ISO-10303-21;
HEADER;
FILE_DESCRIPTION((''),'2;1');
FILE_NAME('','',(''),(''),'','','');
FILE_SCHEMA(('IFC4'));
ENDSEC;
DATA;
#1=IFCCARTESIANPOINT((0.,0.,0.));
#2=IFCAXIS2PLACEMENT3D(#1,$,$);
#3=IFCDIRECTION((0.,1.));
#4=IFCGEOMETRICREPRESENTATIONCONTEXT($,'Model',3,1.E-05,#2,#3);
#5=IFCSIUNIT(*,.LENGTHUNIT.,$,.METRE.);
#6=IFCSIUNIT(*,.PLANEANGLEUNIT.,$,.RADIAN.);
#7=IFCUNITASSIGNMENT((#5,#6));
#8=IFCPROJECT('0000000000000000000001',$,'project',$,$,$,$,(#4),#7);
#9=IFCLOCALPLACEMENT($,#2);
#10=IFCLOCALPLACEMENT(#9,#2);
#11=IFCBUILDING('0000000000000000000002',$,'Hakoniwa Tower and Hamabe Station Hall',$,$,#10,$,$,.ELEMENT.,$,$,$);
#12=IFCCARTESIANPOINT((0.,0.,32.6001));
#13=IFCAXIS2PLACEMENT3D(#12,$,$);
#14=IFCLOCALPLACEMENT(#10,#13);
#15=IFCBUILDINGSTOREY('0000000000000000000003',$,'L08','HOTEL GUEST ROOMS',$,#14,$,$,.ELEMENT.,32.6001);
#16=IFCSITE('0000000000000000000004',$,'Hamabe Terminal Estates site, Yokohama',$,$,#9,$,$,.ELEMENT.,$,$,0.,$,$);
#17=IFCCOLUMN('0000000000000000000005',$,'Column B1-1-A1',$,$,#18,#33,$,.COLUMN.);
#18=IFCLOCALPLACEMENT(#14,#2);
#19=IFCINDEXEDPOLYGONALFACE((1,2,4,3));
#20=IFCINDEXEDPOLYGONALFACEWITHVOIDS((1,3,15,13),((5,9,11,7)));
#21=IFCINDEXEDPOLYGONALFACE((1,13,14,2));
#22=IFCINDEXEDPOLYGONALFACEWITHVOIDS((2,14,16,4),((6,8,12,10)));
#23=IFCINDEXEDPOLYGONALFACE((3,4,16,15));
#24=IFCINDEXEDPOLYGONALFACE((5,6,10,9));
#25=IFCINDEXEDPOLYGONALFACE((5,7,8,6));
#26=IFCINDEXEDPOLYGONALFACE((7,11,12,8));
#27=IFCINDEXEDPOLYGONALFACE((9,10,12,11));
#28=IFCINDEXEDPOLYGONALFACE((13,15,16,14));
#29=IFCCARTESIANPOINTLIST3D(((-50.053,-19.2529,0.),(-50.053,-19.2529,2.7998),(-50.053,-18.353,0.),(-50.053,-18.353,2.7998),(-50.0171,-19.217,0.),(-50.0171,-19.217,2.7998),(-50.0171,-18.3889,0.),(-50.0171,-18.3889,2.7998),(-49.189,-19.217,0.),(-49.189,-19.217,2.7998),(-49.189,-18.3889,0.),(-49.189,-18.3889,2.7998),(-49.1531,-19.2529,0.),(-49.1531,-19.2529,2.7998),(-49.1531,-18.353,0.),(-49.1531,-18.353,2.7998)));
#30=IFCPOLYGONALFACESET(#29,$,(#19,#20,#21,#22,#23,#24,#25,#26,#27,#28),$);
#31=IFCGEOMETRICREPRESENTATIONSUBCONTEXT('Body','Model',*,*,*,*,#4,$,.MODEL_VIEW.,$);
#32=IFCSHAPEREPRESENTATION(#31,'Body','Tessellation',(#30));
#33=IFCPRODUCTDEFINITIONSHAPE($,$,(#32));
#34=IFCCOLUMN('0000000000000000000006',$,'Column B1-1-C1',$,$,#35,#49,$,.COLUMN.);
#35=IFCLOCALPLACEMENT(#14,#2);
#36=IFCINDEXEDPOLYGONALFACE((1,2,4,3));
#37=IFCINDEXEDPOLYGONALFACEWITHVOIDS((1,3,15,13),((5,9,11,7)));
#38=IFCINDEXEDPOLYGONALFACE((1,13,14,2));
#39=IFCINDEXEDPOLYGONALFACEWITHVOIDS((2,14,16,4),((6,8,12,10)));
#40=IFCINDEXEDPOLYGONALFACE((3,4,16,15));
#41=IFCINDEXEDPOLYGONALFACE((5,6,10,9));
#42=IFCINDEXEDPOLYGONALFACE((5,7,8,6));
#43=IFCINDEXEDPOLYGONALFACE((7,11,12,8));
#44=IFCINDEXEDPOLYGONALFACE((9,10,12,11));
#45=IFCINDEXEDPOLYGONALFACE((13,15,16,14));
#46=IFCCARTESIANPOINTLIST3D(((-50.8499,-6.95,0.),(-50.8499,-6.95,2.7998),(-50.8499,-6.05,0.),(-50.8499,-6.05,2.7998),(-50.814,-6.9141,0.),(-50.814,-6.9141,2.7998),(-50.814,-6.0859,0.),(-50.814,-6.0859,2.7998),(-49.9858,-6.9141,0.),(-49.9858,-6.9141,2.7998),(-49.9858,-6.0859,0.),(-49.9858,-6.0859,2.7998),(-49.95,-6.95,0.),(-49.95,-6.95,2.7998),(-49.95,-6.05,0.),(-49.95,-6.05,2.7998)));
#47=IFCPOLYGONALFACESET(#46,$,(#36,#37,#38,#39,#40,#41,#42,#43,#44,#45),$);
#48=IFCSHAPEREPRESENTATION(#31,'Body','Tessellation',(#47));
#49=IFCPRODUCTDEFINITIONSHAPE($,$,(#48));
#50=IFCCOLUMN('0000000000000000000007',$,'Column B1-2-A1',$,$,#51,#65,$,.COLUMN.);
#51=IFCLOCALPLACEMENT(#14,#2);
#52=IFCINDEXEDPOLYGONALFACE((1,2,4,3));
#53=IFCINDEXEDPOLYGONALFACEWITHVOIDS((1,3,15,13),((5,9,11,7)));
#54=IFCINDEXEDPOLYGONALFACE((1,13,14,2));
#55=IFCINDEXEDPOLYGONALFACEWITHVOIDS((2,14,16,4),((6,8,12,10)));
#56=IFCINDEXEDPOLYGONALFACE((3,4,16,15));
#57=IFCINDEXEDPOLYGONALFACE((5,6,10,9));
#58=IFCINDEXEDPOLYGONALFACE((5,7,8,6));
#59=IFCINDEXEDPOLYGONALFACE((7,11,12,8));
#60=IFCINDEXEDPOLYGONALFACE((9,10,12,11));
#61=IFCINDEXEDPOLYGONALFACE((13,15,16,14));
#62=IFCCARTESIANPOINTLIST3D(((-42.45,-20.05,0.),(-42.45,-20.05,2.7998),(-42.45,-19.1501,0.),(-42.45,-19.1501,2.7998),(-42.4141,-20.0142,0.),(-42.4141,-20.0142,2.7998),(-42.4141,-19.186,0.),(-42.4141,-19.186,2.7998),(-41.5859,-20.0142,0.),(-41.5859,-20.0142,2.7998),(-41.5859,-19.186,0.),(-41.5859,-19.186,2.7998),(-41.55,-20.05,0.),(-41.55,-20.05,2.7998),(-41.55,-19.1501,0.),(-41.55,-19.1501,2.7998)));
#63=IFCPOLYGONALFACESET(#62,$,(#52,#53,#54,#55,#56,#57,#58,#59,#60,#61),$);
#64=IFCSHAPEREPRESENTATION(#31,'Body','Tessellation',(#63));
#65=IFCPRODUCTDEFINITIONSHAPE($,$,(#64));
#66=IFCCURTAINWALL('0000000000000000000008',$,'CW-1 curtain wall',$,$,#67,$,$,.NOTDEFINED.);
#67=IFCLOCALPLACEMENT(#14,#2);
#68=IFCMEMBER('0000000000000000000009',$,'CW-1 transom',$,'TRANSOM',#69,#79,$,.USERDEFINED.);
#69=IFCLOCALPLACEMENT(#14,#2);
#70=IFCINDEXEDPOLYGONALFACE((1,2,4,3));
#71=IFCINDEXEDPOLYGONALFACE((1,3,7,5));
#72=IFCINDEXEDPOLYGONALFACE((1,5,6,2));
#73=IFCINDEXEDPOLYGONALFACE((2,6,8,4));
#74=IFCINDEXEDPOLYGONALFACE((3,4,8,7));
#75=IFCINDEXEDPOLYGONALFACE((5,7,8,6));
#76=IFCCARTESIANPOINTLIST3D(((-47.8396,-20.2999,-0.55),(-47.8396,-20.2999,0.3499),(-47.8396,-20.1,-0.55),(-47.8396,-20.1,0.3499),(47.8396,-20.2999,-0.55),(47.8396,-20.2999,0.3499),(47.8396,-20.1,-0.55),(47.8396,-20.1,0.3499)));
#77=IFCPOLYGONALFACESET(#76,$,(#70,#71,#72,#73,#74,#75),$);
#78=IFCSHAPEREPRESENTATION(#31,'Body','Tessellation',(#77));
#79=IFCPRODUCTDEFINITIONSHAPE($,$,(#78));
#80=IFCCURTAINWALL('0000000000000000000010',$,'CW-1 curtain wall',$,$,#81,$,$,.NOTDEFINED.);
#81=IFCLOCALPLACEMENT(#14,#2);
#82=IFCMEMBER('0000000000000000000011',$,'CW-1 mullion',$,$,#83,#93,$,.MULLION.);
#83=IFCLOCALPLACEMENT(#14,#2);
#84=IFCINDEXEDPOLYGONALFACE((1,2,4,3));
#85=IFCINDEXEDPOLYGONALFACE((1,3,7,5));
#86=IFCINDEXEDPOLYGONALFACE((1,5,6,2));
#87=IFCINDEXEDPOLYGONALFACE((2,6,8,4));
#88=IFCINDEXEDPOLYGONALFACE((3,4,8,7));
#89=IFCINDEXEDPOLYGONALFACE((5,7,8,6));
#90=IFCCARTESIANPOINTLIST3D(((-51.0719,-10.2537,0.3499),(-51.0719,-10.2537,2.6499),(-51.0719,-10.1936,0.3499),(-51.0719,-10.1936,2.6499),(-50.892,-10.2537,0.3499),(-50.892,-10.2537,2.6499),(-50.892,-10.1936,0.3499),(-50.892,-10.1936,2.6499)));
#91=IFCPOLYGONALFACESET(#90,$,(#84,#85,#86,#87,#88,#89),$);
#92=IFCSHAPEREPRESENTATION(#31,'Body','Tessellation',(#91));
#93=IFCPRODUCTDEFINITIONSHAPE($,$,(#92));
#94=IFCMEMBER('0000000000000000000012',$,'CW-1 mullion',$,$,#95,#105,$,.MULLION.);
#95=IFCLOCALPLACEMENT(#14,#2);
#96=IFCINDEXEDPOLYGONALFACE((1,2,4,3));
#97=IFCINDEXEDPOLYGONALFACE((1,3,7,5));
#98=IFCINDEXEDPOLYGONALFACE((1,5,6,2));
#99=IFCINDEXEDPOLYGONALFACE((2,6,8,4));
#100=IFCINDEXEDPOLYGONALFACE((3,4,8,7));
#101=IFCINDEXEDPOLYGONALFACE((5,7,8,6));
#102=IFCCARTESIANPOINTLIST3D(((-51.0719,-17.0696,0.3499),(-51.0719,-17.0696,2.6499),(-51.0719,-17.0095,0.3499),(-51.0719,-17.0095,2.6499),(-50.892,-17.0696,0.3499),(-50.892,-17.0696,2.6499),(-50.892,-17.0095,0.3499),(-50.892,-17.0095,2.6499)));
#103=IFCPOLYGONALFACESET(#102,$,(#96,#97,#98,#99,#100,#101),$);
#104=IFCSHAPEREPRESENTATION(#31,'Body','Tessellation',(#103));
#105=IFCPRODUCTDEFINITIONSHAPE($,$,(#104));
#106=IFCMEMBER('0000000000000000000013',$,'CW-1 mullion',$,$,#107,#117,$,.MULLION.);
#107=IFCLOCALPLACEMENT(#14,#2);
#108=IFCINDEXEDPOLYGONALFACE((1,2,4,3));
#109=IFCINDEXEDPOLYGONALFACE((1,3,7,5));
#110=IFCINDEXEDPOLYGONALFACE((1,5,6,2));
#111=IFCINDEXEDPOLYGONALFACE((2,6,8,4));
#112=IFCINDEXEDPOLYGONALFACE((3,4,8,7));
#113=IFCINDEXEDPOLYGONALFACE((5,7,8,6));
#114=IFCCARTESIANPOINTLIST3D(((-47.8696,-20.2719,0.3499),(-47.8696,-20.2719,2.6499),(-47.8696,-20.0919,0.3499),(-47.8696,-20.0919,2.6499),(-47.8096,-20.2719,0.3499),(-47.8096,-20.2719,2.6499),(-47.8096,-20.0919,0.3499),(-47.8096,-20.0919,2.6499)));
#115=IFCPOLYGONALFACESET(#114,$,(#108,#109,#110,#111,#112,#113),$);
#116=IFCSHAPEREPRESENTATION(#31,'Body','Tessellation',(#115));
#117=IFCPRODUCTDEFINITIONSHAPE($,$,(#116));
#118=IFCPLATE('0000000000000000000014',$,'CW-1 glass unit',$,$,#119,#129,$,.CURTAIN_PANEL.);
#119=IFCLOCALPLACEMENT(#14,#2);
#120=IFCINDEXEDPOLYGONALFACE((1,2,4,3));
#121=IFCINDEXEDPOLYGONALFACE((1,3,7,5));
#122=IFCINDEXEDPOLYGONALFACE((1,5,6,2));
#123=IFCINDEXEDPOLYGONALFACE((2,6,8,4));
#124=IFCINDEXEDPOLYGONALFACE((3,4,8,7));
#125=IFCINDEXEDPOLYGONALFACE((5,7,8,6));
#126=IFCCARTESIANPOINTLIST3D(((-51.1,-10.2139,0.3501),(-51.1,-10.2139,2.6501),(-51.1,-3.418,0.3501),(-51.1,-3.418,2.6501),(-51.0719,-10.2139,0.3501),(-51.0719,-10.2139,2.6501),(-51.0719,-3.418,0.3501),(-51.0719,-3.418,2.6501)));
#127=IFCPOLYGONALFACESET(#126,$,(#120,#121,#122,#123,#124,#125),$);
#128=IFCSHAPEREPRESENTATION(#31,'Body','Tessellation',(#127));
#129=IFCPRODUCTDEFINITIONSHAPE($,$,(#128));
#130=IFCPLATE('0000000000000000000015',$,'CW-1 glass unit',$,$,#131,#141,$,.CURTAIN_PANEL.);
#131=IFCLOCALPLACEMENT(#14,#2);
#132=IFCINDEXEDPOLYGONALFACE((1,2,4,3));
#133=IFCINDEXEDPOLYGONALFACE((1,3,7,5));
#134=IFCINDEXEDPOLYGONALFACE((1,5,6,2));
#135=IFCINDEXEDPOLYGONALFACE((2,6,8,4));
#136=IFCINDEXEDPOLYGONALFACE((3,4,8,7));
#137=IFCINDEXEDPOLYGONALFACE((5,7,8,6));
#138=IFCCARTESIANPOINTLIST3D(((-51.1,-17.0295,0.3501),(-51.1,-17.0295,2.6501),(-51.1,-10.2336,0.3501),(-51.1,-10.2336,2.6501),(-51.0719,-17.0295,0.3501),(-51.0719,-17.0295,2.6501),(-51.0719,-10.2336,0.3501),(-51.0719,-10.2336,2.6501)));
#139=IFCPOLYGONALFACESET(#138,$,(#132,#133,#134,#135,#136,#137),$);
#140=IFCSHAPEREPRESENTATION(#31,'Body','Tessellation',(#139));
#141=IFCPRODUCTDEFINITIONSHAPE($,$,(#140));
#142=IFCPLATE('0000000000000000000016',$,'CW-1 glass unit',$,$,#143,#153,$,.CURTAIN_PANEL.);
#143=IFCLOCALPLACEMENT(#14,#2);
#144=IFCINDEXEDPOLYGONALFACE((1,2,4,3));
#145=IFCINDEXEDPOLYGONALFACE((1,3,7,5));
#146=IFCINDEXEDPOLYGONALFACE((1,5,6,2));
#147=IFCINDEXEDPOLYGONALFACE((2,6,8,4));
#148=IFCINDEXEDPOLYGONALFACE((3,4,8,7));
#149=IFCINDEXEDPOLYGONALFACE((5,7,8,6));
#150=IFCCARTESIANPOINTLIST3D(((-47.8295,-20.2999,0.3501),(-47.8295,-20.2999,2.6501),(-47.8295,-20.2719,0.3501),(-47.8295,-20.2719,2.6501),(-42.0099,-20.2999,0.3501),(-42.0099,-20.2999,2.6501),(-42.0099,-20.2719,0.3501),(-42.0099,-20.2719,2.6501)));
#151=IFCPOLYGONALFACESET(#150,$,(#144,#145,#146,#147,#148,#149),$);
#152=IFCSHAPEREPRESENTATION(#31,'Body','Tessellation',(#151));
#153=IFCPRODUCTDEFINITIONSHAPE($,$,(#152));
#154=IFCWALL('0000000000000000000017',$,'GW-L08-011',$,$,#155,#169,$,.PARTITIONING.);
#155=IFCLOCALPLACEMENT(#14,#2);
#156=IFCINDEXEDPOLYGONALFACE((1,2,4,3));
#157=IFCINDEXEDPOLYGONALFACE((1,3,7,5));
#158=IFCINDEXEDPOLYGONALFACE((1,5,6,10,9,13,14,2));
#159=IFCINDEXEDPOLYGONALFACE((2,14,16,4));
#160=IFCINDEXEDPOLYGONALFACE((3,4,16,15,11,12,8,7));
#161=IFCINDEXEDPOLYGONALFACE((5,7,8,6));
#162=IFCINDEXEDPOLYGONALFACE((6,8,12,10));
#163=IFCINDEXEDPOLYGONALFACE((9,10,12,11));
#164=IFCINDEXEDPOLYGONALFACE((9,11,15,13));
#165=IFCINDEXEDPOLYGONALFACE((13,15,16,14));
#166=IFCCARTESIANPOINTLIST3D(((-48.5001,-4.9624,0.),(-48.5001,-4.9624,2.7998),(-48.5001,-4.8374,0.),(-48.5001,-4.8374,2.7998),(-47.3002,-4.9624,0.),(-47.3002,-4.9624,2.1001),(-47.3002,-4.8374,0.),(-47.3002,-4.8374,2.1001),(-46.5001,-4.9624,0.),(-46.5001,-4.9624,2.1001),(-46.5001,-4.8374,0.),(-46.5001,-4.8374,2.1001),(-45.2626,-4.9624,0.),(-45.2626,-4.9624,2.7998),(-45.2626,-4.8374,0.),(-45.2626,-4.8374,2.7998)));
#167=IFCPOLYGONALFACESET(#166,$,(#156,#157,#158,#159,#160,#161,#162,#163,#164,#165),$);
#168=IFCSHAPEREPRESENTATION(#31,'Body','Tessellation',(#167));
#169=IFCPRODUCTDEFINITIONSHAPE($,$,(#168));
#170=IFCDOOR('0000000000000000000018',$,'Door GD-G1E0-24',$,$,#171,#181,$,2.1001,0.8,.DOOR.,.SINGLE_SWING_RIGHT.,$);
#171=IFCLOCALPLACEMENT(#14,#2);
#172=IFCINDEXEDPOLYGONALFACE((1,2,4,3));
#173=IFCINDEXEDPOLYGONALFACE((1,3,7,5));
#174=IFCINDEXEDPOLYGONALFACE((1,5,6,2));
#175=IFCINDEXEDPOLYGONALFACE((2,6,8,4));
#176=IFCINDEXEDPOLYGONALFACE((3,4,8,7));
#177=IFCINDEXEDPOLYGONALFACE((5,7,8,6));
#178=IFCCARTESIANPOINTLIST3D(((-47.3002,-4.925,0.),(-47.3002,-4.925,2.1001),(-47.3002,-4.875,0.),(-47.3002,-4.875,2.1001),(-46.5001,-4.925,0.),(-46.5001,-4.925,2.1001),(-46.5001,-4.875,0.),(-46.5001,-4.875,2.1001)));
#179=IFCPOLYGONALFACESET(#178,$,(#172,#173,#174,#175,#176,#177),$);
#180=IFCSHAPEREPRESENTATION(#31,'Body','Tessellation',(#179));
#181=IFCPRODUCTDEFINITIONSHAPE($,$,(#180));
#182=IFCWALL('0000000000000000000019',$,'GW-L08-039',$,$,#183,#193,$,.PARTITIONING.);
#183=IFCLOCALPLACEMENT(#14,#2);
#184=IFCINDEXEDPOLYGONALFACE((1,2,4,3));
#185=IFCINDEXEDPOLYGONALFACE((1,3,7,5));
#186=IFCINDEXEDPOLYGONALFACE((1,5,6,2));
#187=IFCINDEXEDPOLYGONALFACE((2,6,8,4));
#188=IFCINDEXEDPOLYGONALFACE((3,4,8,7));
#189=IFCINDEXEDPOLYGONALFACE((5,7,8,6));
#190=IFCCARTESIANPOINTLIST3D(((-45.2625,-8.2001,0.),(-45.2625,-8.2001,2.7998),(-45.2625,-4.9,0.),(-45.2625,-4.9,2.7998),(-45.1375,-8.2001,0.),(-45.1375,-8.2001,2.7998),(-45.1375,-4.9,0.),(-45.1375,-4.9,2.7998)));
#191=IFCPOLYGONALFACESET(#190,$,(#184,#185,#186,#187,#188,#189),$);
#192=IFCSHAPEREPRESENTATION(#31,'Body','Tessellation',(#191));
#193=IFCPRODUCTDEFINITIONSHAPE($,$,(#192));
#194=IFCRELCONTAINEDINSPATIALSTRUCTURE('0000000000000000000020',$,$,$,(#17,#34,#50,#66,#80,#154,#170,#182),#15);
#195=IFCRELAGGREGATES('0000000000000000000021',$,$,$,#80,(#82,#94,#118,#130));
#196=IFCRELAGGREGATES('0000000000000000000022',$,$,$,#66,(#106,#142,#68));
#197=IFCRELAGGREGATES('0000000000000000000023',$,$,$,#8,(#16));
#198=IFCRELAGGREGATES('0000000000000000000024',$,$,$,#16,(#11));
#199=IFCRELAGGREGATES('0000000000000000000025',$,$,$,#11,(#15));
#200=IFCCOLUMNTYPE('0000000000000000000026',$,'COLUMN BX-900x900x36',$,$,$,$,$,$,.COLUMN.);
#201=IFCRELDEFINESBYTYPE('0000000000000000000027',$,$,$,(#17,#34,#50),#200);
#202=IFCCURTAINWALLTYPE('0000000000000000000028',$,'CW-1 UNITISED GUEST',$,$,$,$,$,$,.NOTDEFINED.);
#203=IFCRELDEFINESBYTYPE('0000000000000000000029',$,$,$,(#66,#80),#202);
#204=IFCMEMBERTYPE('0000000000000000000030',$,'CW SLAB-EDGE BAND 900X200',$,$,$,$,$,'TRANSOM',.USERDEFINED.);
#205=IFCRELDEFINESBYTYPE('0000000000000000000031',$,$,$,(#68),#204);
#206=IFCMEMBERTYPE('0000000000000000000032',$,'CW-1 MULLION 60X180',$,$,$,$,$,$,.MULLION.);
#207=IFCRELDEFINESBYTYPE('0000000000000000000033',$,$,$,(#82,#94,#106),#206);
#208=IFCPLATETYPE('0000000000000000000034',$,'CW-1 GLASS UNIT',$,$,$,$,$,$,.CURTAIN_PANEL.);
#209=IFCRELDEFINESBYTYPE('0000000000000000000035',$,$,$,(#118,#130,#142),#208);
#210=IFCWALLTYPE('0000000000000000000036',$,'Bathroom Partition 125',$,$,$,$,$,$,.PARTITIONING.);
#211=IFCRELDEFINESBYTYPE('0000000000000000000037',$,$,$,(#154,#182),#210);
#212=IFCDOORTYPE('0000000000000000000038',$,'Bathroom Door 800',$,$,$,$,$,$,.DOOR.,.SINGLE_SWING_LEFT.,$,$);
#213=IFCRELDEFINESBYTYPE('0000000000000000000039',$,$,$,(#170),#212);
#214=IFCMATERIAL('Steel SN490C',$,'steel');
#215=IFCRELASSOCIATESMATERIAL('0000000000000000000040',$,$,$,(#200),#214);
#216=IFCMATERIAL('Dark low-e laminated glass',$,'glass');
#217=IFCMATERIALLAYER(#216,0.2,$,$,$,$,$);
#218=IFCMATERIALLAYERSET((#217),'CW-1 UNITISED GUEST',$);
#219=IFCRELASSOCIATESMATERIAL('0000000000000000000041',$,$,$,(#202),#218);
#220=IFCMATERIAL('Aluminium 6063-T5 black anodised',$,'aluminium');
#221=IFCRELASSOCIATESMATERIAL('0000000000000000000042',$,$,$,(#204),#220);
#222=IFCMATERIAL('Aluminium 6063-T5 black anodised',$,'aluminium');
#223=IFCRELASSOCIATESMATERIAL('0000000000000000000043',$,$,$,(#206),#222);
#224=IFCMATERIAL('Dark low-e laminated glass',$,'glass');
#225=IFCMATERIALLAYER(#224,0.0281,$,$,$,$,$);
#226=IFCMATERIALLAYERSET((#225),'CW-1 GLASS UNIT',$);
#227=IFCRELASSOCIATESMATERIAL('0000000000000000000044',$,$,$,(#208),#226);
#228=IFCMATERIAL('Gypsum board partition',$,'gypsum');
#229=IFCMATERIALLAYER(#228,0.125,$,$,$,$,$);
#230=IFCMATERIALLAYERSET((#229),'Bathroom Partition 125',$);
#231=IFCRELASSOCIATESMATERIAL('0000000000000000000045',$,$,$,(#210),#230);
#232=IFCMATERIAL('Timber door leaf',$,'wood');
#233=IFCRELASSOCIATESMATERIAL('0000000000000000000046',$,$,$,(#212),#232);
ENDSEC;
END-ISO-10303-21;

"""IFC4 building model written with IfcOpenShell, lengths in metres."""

from ifc_helpers import new_model, si_unit, direction, frame, frame_2d, origin, origin_2d, place, context, subcontext, project, spatial, rectangle, hollow_rectangle, extrude, material, layer, layer_set, material_profile, profile_set, type_object, element, fill, aggregate, save


model = new_model("IFC4")

# Units and contexts
model_context = context("Model", 3, precision=1e-05, world=origin(), true_north=direction((0.0, 1.0)))
body_context = subcontext(model_context, "Body", "Model", "MODEL_VIEW")
ifc_project = project(units=[si_unit("LENGTHUNIT", "METRE"), si_unit("PLANEANGLEUNIT", "RADIAN")], contexts=[model_context])

# Site, building, storey
site_placement = place(None, origin())
site = spatial("IfcSite", under=ifc_project, at=site_placement, Name="Hamabe Terminal Estates site, Yokohama", CompositionType="ELEMENT", RefElevation=0.0)
building_placement = place(site_placement, origin())
building = spatial("IfcBuilding", under=site, at=building_placement, Name="Hakoniwa Tower and Hamabe Station Hall", CompositionType="ELEMENT")
storey_placement = place(building_placement, frame((0.0, 0.0, 32.6001)))
storey = spatial("IfcBuildingStorey", under=building, at=storey_placement, Name="L08", Description="HOTEL GUEST ROOMS", CompositionType="ELEMENT", Elevation=32.6001)

# Columns
ifc_material_1 = material(Name="Steel SN490C", Category="steel")
ifc_material_profile_1 = material_profile(ifc_material_1, hollow_rectangle(XDim=0.8999, YDim=0.8999, WallThickness=0.0359, at=origin_2d()), Name="BX-900x900x36")
ifc_profile_set_1 = profile_set([ifc_material_profile_1], Name="Steel SN490C")
column_type = type_object("IfcColumnType", Name="COLUMN BX-900x900x36", PredefinedType="COLUMN", material=ifc_profile_set_1)
for number, where, z_axis, x_axis, name in (
    (1, (-49.603, -18.803, 0.0), (0.0, 0.0, 1.0), (1.0, 0.0, 0.0), "Column B1-1-A1"),
    (2, (-50.3999, -6.5, 0.0), (0.0, 0.0, 1.0), (1.0, 0.0, 0.0), "Column B1-1-C1"),
    (3, (-42.0, -19.6001, 0.0), (0.0, 0.0, 1.0), (1.0, 0.0, 0.0), "Column B1-2-A1"),
):
    element("IfcColumn", number, at=place(storey_placement, frame(where, z_axis=z_axis, x_axis=x_axis)), inside=storey, type_object=column_type, Name=name, PredefinedType="COLUMN", context=body_context, shape_type="SweptSolid", body=[
        extrude(hollow_rectangle(XDim=0.8999, YDim=0.8999, WallThickness=0.0359, at=origin_2d()), origin(), (0.0, 0.0, 1.0), 2.7998),
    ])

# Curtain wall, member
ifc_material_2 = material(Name="Dark low-e laminated glass", Category="glass")
ifc_layer_1 = layer(ifc_material_2, 0.2)
ifc_layer_set_1 = layer_set([ifc_layer_1], Name="CW-1 UNITISED GUEST")
curtain_wall_type = type_object("IfcCurtainWallType", Name="CW-1 UNITISED GUEST", PredefinedType="NOTDEFINED", material=ifc_layer_set_1)
curtain_wall_1_placement = place(storey_placement, origin())
curtain_wall_1 = element("IfcCurtainWall", 4, at=curtain_wall_1_placement, inside=storey, type_object=curtain_wall_type, Name="CW-1 curtain wall", PredefinedType="NOTDEFINED")
ifc_material_3 = material(Name="Aluminium 6063-T5 black anodised", Category="aluminium")
ifc_material_profile_2 = material_profile(ifc_material_3, rectangle(XDim=0.2, YDim=0.8999, at=origin_2d()), Name="CW SLAB-EDGE BAND 900X200")
ifc_profile_set_2 = profile_set([ifc_material_profile_2], Name="Aluminium 6063-T5 black anodised")
member_type_1 = type_object("IfcMemberType", Name="CW SLAB-EDGE BAND 900X200", ElementType="TRANSOM", PredefinedType="USERDEFINED", material=ifc_profile_set_2)
member_1_placement = place(storey_placement, frame((-47.8396, -20.2, -0.1001), z_axis=(1.0, 0.0, 0.0), x_axis=(0.0, 1.0, 0.0)))
member_1 = element("IfcMember", 5, at=member_1_placement, type_object=member_type_1, Name="CW-1 transom", ObjectType="TRANSOM", PredefinedType="USERDEFINED", context=body_context, shape_type="SweptSolid", body=[
    extrude(rectangle(XDim=0.2, YDim=0.8999, at=origin_2d()), origin(), (0.0, 0.0, 1.0), 95.6792),
])

# Curtain wall, members
curtain_wall_2_placement = place(storey_placement, origin())
curtain_wall_2 = element("IfcCurtainWall", 6, at=curtain_wall_2_placement, inside=storey, type_object=curtain_wall_type, Name="CW-1 curtain wall", PredefinedType="NOTDEFINED")
ifc_material_4 = material(Name="Aluminium 6063-T5 black anodised", Category="aluminium")
ifc_material_profile_3 = material_profile(ifc_material_4, rectangle(XDim=0.0601, YDim=0.1799, at=origin_2d()), Name="CW-1 MULLION 60X180")
ifc_profile_set_3 = profile_set([ifc_material_profile_3], Name="Aluminium 6063-T5 black anodised")
member_type_2 = type_object("IfcMemberType", Name="CW-1 MULLION 60X180", PredefinedType="MULLION", material=ifc_profile_set_3)
member_2_placement = place(storey_placement, frame((-50.9819, -10.2236, 0.3499), z_axis=(0.0, 0.0, 1.0), x_axis=(0.0, -1.0, 0.0)))
member_2 = element("IfcMember", 7, at=member_2_placement, type_object=member_type_2, Name="CW-1 mullion", PredefinedType="MULLION", context=body_context, shape_type="SweptSolid", body=[
    extrude(rectangle(XDim=0.0601, YDim=0.1799, at=origin_2d()), origin(), (0.0, 0.0, 1.0), 2.3),
])
member_3_placement = place(storey_placement, frame((-50.9819, -17.0396, 0.3499), z_axis=(0.0, 0.0, 1.0), x_axis=(0.0, -1.0, 0.0)))
member_3 = element("IfcMember", 8, at=member_3_placement, type_object=member_type_2, Name="CW-1 mullion", PredefinedType="MULLION", context=body_context, shape_type="SweptSolid", body=[
    extrude(rectangle(XDim=0.0601, YDim=0.1799, at=origin_2d()), origin(), (0.0, 0.0, 1.0), 2.3),
])

# Member
member_4_placement = place(storey_placement, frame((-47.8396, -20.1819, 0.3499), z_axis=(0.0, 0.0, 1.0), x_axis=(1.0, 0.0, 0.0)))
member_4 = element("IfcMember", 9, at=member_4_placement, type_object=member_type_2, Name="CW-1 mullion", PredefinedType="MULLION", context=body_context, shape_type="SweptSolid", body=[
    extrude(rectangle(XDim=0.0601, YDim=0.1799, at=origin_2d()), origin(), (0.0, 0.0, 1.0), 2.3),
])

# Plates
ifc_material_5 = material(Name="Dark low-e laminated glass", Category="glass")
ifc_layer_2 = layer(ifc_material_5, 0.0281)
ifc_layer_set_2 = layer_set([ifc_layer_2], Name="CW-1 GLASS UNIT")
plate_type = type_object("IfcPlateType", Name="CW-1 GLASS UNIT", PredefinedType="CURTAIN_PANEL", material=ifc_layer_set_2)
plate_1_placement = place(storey_placement, frame((-51.0859, -6.8159, 0.3501), z_axis=(0.0, 0.0, 1.0), x_axis=(0.0, -1.0, 0.0)))
plate_1 = element("IfcPlate", 10, at=plate_1_placement, type_object=plate_type, Name="CW-1 glass unit", PredefinedType="CURTAIN_PANEL", context=body_context, shape_type="SweptSolid", body=[
    extrude(rectangle(XDim=6.7959, YDim=0.0281, at=origin_2d()), origin(), (0.0, 0.0, 1.0), 2.3),
])
plate_2_placement = place(storey_placement, frame((-51.0859, -13.6316, 0.3501), z_axis=(0.0, 0.0, 1.0), x_axis=(0.0, -1.0, 0.0)))
plate_2 = element("IfcPlate", 11, at=plate_2_placement, type_object=plate_type, Name="CW-1 glass unit", PredefinedType="CURTAIN_PANEL", context=body_context, shape_type="SweptSolid", body=[
    extrude(rectangle(XDim=6.7959, YDim=0.0281, at=origin_2d()), origin(), (0.0, 0.0, 1.0), 2.3),
])
aggregate(curtain_wall_2, [member_2, member_3, plate_1, plate_2])
plate_3_placement = place(storey_placement, frame((-44.9197, -20.2859, 0.3501), z_axis=(0.0, 0.0, 1.0), x_axis=(1.0, 0.0, 0.0)))
plate_3 = element("IfcPlate", 12, at=plate_3_placement, type_object=plate_type, Name="CW-1 glass unit", PredefinedType="CURTAIN_PANEL", context=body_context, shape_type="SweptSolid", body=[
    extrude(rectangle(XDim=5.8196, YDim=0.0281, at=origin_2d()), origin(), (0.0, 0.0, 1.0), 2.3),
])
aggregate(curtain_wall_1, [member_4, plate_3, member_1])

# Wall, opening, door
ifc_material_6 = material(Name="Gypsum board partition", Category="gypsum")
ifc_layer_3 = layer(ifc_material_6, 0.125)
ifc_layer_set_3 = layer_set([ifc_layer_3], Name="Bathroom Partition 125")
wall_type_1 = type_object("IfcWallType", Name="Bathroom Partition 125", PredefinedType="PARTITIONING", material=ifc_layer_set_3)
wall_1_placement = place(storey_placement, frame((-48.5, -4.8999, 0.0), z_axis=(0.0, 0.0, 1.0), x_axis=(1.0, 0.0, 0.0)))
wall_1 = element("IfcWall", 13, at=wall_1_placement, inside=storey, type_object=wall_type_1, Name="GW-L08-011", PredefinedType="PARTITIONING", context=body_context, shape_type="SweptSolid", body=[
    extrude(rectangle(XDim=3.2375, YDim=0.125, at=frame_2d((1.6187, 0.0))), origin(), (0.0, 0.0, 1.0), 2.7998),
])
opening_1_placement = place(wall_1_placement, frame((1.2, 0.0, 0.0)))
opening_1 = element("IfcOpeningElement", 14, at=opening_1_placement, cuts=wall_1, PredefinedType="OPENING", context=body_context, shape_type="SweptSolid", body=[
    extrude(rectangle(XDim=0.8, YDim=2.1001, at=frame_2d((0.3999, 1.05))), frame((0.0, 0.0725, 0.0), z_axis=(0.0, -1.0, 0.0), x_axis=(1.0, 0.0, 0.0)), (0.0, 0.0, 1.0), 0.145),
])
ifc_material_7 = material(Name="Timber door leaf", Category="wood")
door_type_1 = type_object("IfcDoorType", Name="Bathroom Door 800", OperationType="SINGLE_SWING_LEFT", PredefinedType="DOOR", material=ifc_material_7)
door_1_placement = place(opening_1_placement, origin())
door_1 = element("IfcDoor", 15, at=door_1_placement, inside=storey, type_object=door_type_1, Name="Door GD-G1E0-24", OperationType="SINGLE_SWING_RIGHT", OverallHeight=2.1001, OverallWidth=0.8, PredefinedType="DOOR", context=body_context, shape_type="SweptSolid", body=[
    extrude(rectangle(XDim=0.8, YDim=2.1001, at=frame_2d((0.3999, 1.05))), frame((0.0, 0.0249, 0.0), z_axis=(0.0, -1.0, 0.0), x_axis=(1.0, 0.0, 0.0)), (0.0, 0.0, 1.0), 0.05),
])
fill(opening_1, door_1)

# Wall
wall_2_placement = place(storey_placement, frame((-45.2, -8.2, 0.0), z_axis=(0.0, 0.0, 1.0), x_axis=(0.0, 1.0, 0.0)))
element("IfcWall", 16, at=wall_2_placement, inside=storey, type_object=wall_type_1, Name="GW-L08-039", PredefinedType="PARTITIONING", context=body_context, shape_type="SweptSolid", body=[
    extrude(rectangle(XDim=3.3, YDim=0.125, at=frame_2d((1.6499, 0.0))), origin(), (0.0, 0.0, 1.0), 2.7998),
])

save(model, "model.ifc")
